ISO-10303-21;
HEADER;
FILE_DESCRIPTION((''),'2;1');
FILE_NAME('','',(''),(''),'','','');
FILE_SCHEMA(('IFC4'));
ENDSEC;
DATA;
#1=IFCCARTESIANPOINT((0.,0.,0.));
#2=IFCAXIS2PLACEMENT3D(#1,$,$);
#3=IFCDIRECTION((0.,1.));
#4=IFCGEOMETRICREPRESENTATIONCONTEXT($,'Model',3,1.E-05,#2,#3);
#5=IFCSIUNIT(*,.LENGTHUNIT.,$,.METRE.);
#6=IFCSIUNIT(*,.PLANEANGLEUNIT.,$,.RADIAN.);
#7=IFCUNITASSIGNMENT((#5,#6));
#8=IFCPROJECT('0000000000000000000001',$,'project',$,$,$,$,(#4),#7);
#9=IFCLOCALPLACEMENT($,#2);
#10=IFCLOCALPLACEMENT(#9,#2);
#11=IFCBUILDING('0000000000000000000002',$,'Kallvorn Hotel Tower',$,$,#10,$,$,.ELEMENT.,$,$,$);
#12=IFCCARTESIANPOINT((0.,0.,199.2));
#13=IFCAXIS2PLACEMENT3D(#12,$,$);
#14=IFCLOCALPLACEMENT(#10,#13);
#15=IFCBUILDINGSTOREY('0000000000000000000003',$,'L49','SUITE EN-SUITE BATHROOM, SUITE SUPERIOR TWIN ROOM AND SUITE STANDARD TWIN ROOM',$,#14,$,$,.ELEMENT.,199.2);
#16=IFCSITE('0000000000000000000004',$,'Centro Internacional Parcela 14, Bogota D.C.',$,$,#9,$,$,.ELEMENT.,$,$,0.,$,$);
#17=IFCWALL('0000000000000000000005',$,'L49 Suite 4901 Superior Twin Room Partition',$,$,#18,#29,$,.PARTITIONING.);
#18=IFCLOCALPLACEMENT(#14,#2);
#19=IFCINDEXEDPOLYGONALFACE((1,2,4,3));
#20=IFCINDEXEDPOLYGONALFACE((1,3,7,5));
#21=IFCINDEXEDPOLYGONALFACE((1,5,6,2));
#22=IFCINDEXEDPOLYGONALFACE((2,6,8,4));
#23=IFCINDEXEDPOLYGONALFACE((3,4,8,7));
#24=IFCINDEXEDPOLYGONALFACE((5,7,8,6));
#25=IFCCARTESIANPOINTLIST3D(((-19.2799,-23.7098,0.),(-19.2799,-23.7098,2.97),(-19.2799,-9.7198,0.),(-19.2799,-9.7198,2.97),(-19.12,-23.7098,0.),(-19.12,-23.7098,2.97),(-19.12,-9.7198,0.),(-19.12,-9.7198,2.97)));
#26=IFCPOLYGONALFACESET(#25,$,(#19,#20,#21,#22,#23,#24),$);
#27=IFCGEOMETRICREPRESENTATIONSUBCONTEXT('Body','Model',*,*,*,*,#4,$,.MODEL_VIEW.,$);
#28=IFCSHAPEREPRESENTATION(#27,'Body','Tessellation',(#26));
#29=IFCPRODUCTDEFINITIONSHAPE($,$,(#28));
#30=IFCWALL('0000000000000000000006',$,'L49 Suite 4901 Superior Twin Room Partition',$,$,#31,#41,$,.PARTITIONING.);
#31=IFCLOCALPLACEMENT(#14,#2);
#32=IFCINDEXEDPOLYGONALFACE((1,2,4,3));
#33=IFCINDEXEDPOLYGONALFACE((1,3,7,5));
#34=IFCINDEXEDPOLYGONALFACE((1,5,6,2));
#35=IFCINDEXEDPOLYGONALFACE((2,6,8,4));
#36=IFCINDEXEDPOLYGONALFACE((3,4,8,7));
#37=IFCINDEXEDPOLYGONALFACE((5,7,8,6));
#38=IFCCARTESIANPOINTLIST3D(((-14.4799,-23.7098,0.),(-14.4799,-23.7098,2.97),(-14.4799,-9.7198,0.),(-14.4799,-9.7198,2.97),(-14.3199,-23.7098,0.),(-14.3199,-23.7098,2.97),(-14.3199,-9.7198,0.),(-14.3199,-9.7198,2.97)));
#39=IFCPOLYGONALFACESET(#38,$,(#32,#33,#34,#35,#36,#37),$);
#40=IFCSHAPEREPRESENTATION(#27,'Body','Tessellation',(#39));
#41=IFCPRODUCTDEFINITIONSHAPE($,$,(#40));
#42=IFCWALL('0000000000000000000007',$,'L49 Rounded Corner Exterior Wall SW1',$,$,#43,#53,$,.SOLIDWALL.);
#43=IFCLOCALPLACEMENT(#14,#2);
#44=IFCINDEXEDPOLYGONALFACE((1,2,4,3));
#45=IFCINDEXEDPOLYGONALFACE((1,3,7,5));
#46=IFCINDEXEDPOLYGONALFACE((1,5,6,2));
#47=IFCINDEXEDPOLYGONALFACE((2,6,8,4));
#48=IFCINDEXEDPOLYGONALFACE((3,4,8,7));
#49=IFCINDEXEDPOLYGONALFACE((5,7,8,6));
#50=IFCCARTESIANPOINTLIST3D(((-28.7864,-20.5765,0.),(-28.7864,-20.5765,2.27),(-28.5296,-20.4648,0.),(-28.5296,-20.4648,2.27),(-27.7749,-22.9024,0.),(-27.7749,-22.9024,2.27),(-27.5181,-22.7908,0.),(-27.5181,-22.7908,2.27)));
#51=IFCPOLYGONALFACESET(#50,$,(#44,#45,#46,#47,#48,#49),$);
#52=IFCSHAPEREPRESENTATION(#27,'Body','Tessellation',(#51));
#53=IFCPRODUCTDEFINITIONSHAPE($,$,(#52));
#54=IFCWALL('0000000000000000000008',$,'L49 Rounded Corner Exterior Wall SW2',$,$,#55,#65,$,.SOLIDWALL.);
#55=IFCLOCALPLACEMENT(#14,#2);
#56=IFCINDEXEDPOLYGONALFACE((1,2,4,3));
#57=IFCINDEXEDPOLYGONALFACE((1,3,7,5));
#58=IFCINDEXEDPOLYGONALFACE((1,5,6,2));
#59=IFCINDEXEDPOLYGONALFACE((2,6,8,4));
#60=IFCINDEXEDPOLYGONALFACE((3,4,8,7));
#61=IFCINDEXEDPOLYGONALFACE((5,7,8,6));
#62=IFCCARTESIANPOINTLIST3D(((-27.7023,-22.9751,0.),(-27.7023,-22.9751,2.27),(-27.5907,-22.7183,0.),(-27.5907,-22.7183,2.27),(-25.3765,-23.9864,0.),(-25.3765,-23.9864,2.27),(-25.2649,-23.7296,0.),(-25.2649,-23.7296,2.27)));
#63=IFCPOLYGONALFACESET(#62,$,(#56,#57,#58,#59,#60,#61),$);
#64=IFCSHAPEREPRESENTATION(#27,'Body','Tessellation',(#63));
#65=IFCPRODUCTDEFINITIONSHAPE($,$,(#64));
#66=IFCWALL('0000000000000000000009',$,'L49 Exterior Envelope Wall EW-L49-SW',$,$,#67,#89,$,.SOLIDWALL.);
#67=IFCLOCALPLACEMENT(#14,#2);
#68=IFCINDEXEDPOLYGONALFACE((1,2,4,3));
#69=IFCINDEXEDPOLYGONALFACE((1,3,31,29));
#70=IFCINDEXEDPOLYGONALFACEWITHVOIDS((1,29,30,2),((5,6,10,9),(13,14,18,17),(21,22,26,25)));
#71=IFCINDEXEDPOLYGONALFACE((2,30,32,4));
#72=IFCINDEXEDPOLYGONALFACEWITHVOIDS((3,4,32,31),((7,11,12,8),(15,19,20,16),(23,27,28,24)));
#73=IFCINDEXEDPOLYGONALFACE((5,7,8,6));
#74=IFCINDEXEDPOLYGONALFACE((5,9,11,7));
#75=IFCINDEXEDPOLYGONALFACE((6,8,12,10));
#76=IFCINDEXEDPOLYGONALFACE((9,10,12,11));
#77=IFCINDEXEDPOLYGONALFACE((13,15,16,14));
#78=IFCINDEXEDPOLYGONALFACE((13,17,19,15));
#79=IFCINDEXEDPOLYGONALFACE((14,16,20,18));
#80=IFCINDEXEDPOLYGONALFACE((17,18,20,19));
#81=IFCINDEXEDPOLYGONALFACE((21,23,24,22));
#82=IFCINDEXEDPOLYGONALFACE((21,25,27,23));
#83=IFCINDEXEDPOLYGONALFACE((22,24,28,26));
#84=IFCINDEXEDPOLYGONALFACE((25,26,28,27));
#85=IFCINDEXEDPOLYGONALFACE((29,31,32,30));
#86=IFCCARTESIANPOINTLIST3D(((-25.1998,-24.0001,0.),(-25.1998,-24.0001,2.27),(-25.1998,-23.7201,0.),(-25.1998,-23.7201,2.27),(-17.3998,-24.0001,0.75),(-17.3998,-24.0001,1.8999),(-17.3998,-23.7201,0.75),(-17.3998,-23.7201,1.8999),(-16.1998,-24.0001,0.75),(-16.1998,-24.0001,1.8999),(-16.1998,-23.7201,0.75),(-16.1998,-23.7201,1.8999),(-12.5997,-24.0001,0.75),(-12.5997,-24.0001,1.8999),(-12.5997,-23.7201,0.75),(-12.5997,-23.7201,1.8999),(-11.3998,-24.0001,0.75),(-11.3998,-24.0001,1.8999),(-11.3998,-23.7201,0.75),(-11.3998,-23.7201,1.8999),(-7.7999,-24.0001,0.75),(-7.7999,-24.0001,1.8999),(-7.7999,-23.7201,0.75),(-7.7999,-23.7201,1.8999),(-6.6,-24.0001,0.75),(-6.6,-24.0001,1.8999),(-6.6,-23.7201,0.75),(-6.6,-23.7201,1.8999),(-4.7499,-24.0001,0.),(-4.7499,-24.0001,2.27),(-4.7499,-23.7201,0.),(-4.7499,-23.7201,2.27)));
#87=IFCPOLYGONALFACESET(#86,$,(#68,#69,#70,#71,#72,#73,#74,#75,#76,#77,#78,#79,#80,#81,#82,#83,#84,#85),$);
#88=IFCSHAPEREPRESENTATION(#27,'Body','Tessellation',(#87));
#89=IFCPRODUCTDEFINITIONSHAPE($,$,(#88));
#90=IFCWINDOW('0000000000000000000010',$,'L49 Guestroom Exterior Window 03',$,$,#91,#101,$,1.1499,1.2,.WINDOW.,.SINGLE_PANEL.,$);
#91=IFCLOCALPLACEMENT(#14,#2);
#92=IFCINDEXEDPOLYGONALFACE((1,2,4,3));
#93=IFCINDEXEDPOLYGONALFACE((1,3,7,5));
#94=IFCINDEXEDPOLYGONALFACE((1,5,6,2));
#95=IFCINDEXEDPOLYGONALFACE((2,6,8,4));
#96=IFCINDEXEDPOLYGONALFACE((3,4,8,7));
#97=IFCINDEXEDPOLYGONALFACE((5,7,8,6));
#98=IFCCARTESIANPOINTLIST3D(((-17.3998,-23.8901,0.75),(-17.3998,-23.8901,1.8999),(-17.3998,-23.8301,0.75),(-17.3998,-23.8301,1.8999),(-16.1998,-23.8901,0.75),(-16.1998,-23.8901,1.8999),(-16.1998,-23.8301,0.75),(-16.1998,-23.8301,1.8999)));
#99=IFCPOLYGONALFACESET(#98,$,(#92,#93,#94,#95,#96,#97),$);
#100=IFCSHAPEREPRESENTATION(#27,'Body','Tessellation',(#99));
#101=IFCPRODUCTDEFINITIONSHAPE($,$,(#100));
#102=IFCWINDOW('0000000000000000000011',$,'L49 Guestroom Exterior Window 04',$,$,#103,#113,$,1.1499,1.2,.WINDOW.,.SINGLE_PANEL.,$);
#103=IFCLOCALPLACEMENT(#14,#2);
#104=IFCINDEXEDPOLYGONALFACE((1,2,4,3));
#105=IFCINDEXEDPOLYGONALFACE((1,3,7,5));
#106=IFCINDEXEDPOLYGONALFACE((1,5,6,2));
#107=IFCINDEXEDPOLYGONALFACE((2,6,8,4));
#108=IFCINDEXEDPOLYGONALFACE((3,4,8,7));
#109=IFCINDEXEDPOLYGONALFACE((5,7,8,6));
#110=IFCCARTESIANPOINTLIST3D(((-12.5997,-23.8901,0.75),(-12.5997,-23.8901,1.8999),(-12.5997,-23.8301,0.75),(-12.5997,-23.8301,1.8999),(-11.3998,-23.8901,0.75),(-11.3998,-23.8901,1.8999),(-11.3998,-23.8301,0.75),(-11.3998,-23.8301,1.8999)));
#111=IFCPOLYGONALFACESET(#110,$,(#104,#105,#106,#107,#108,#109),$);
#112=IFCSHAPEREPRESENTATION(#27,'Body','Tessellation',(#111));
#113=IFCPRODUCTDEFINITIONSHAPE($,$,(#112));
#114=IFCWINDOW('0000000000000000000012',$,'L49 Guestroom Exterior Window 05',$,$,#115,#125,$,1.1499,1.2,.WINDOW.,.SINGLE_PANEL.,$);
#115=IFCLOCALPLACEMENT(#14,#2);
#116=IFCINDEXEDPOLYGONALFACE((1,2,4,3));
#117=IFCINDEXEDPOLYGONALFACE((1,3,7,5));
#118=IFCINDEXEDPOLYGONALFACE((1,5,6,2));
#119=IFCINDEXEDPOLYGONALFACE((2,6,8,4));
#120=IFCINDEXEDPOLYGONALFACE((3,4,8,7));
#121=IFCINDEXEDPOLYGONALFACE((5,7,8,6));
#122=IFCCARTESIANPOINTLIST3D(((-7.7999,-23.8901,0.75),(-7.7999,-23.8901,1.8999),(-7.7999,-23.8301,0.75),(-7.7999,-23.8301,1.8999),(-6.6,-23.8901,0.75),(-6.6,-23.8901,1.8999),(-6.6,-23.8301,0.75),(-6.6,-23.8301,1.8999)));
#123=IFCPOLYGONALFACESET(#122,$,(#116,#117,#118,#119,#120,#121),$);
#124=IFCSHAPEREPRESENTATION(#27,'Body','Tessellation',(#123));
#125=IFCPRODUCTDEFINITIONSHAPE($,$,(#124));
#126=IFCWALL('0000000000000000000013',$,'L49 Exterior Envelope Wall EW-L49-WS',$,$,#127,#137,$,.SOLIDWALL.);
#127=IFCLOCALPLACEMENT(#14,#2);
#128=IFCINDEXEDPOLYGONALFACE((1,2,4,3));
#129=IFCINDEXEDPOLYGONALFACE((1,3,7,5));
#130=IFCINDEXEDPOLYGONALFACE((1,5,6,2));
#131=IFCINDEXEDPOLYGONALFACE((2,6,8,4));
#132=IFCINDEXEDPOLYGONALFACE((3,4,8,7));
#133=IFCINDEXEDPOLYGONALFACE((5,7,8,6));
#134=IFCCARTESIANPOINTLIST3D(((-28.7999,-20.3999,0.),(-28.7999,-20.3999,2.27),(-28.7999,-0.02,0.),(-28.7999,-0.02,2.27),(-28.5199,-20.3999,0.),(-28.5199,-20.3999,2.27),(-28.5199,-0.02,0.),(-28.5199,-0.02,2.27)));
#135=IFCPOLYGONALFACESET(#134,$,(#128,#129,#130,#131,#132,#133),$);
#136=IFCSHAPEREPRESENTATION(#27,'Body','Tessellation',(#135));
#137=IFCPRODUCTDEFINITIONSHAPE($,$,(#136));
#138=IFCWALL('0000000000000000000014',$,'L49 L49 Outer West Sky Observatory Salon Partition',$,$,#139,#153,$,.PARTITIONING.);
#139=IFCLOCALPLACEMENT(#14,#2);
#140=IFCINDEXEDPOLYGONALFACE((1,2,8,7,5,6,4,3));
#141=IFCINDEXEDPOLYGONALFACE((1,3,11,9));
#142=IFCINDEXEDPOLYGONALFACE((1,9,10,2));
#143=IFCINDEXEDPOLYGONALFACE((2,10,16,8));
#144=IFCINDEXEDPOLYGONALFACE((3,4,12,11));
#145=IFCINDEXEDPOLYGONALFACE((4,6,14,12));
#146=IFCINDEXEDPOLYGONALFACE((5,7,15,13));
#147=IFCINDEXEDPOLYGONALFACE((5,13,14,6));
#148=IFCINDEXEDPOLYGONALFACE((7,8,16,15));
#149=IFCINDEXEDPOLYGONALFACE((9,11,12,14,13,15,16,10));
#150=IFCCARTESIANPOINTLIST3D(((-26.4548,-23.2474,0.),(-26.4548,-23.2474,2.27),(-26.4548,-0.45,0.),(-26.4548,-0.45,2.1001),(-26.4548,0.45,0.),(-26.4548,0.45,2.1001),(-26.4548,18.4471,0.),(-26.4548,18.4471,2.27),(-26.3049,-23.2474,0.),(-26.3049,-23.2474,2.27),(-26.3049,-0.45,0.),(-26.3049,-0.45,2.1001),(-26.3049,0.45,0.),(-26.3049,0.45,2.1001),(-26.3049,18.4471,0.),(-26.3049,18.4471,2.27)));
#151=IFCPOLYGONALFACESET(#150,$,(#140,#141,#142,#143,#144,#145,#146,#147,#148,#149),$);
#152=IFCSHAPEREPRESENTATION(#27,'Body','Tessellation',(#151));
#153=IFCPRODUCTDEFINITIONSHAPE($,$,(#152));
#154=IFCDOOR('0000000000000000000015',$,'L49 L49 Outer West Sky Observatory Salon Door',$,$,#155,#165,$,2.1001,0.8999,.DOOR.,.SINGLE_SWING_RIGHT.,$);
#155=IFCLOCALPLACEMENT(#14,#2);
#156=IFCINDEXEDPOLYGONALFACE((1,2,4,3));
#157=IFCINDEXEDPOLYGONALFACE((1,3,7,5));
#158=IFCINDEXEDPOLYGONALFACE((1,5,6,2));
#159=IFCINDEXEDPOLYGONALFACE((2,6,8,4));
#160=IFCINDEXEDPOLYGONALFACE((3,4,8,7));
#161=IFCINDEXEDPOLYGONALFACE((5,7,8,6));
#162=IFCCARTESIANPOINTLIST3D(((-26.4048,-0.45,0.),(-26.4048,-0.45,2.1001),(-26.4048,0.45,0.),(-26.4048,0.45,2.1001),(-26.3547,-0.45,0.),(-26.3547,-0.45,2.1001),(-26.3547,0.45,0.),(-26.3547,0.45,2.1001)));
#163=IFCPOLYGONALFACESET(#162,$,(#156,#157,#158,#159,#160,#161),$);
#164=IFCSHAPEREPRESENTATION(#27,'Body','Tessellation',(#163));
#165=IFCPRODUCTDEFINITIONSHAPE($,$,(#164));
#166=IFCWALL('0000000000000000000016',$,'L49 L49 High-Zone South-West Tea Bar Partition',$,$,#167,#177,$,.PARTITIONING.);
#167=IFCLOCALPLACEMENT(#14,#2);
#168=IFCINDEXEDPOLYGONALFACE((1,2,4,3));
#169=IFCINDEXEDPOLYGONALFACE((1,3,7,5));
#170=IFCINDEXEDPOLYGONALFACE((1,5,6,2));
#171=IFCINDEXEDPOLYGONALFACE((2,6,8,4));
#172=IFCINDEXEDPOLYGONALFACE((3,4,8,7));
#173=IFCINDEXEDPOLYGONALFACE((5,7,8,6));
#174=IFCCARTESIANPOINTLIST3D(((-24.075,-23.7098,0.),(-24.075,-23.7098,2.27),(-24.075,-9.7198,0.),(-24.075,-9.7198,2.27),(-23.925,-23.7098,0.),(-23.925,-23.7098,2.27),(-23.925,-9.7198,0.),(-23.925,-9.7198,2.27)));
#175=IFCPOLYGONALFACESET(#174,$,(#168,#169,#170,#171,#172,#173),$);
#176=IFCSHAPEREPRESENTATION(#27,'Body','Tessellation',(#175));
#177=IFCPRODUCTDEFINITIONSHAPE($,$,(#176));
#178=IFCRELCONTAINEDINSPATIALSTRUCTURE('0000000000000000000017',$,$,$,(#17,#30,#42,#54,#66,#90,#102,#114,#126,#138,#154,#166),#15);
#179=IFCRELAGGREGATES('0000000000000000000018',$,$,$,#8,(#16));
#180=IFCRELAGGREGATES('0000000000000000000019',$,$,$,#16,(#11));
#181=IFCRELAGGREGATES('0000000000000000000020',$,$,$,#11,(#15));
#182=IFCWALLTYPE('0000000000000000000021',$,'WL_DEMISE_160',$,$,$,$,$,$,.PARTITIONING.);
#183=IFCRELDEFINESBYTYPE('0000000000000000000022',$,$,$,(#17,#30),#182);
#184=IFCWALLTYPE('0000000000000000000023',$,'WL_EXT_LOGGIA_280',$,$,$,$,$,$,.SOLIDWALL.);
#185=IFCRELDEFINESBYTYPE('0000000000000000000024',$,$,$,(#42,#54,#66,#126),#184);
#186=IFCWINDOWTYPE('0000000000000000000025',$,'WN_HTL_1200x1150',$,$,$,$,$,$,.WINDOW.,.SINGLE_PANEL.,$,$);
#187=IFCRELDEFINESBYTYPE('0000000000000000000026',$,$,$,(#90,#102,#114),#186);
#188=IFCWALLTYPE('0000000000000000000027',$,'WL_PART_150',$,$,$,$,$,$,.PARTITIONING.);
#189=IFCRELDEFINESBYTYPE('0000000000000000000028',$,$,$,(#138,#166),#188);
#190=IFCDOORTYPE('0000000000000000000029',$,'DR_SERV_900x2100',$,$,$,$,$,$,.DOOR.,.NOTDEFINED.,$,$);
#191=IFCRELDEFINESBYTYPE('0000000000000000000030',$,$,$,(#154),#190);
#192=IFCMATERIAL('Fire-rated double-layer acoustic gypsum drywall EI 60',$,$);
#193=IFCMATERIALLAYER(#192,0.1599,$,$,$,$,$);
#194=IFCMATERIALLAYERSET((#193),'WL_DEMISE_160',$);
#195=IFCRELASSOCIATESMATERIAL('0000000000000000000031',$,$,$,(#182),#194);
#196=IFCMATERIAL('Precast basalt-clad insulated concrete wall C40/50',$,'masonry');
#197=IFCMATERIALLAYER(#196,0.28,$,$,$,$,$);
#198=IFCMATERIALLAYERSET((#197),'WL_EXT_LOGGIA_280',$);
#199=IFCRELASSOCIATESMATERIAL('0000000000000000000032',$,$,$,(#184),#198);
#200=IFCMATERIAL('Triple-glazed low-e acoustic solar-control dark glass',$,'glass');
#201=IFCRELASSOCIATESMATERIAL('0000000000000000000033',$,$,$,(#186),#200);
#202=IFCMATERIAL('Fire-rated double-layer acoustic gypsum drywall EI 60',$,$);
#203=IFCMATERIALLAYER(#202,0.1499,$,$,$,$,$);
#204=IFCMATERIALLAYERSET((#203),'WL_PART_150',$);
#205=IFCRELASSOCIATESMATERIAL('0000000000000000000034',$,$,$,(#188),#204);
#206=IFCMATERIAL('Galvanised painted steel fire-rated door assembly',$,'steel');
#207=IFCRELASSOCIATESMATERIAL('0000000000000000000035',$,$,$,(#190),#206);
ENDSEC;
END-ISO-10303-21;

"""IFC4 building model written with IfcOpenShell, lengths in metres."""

from ifc_helpers import new_model, si_unit, direction, frame, frame_2d, origin, place, context, subcontext, project, spatial, rectangle, extrude, material, layer, layer_set, type_object, element, fill, save


model = new_model("IFC4")

# Units and contexts
model_context = context("Model", 3, precision=1e-05, world=origin(), true_north=direction((0.0, 1.0)))
body_context = subcontext(model_context, "Body", "Model", "MODEL_VIEW")
ifc_project = project(units=[si_unit("LENGTHUNIT", "METRE"), si_unit("PLANEANGLEUNIT", "RADIAN")], contexts=[model_context])

# Site, building, storey
site_placement = place(None, origin())
site = spatial("IfcSite", under=ifc_project, at=site_placement, Name="Centro Internacional Parcela 14, Bogota D.C.", CompositionType="ELEMENT", RefElevation=0.0)
building_placement = place(site_placement, origin())
building = spatial("IfcBuilding", under=site, at=building_placement, Name="Kallvorn Hotel Tower", CompositionType="ELEMENT")
storey_placement = place(building_placement, frame((0.0, 0.0, 199.2)))
storey = spatial("IfcBuildingStorey", under=building, at=storey_placement, Name="L49", Description="SUITE EN-SUITE BATHROOM, SUITE SUPERIOR TWIN ROOM AND SUITE STANDARD TWIN ROOM", CompositionType="ELEMENT", Elevation=199.2)

# Walls
ifc_material_1 = material(Name="Fire-rated double-layer acoustic gypsum drywall EI 60")
ifc_layer_1 = layer(ifc_material_1, 0.1599)
ifc_layer_set_1 = layer_set([ifc_layer_1], Name="WL_DEMISE_160")
wall_type_1 = type_object("IfcWallType", Name="WL_DEMISE_160", PredefinedType="PARTITIONING", material=ifc_layer_set_1)
for number, where, z_axis, x_axis, name in (
    (1, (-19.2, -23.71, 0.0), (0.0, 0.0, 1.0), (0.0, 1.0, 0.0), "L49 Suite 4901 Superior Twin Room Partition"),
    (2, (-14.3999, -23.71, 0.0), (0.0, 0.0, 1.0), (0.0, 1.0, 0.0), "L49 Suite 4901 Superior Twin Room Partition"),
):
    element("IfcWall", number, at=place(storey_placement, frame(where, z_axis=z_axis, x_axis=x_axis)), inside=storey, type_object=wall_type_1, Name=name, PredefinedType="PARTITIONING", context=body_context, shape_type="SweptSolid", body=[
        extrude(rectangle(XDim=13.99, YDim=0.1599, at=frame_2d((6.9951, 0.0))), origin(), (0.0, 0.0, 1.0), 2.97),
    ])
ifc_material_2 = material(Name="Precast basalt-clad insulated concrete wall C40/50", Category="masonry")
ifc_layer_2 = layer(ifc_material_2, 0.28)
ifc_layer_set_2 = layer_set([ifc_layer_2], Name="WL_EXT_LOGGIA_280")
wall_type_2 = type_object("IfcWallType", Name="WL_EXT_LOGGIA_280", PredefinedType="SOLIDWALL", material=ifc_layer_set_2)
wall_1_placement = place(storey_placement, frame((-28.658, -20.5208, 0.0), z_axis=(0.0, 0.0, 1.0), x_axis=(0.398793, -0.917041, 0.0)))
element("IfcWall", 3, at=wall_1_placement, inside=storey, type_object=wall_type_2, Name="L49 Rounded Corner Exterior Wall SW1", PredefinedType="SOLIDWALL", context=body_context, shape_type="SweptSolid", body=[
    extrude(rectangle(XDim=2.5364, YDim=0.28, at=frame_2d((1.2681, 0.0))), origin(), (0.0, 0.0, 1.0), 2.27),
])
wall_2_placement = place(storey_placement, frame((-27.6465, -22.8467, 0.0), z_axis=(0.0, 0.0, 1.0), x_axis=(0.917061, -0.398747, 0.0)))
element("IfcWall", 4, at=wall_2_placement, inside=storey, type_object=wall_type_2, Name="L49 Rounded Corner Exterior Wall SW2", PredefinedType="SOLIDWALL", context=body_context, shape_type="SweptSolid", body=[
    extrude(rectangle(XDim=2.5361, YDim=0.28, at=frame_2d((1.2681, 0.0))), origin(), (0.0, 0.0, 1.0), 2.27),
])

# Wall, openings, windows
wall_3_placement = place(storey_placement, frame((-25.2, -23.8601, 0.0), z_axis=(0.0, 0.0, 1.0), x_axis=(1.0, 0.0, 0.0)))
wall_3 = element("IfcWall", 5, at=wall_3_placement, inside=storey, type_object=wall_type_2, Name="L49 Exterior Envelope Wall EW-L49-SW", PredefinedType="SOLIDWALL", context=body_context, shape_type="SweptSolid", body=[
    extrude(rectangle(XDim=20.45, YDim=0.28, at=frame_2d((10.2251, 0.0))), origin(), (0.0, 0.0, 1.0), 2.27),
])
opening_1_placement = place(wall_3_placement, frame((7.8, 0.0, 0.75)))
opening_1 = element("IfcOpeningElement", 6, at=opening_1_placement, cuts=wall_3, PredefinedType="OPENING", context=body_context, shape_type="SweptSolid", body=[
    extrude(rectangle(XDim=1.2, YDim=1.1499, at=frame_2d((0.6001, 0.575))), frame((0.0, 0.155, 0.0), z_axis=(0.0, -1.0, 0.0), x_axis=(1.0, 0.0, 0.0)), (0.0, 0.0, 1.0), 0.3101),
])
opening_2_placement = place(wall_3_placement, frame((12.6001, 0.0, 0.75)))
opening_2 = element("IfcOpeningElement", 7, at=opening_2_placement, cuts=wall_3, PredefinedType="OPENING", context=body_context, shape_type="SweptSolid", body=[
    extrude(rectangle(XDim=1.2, YDim=1.1499, at=frame_2d((0.6001, 0.575))), frame((0.0, 0.155, 0.0), z_axis=(0.0, -1.0, 0.0), x_axis=(1.0, 0.0, 0.0)), (0.0, 0.0, 1.0), 0.3101),
])
opening_3_placement = place(wall_3_placement, frame((17.3999, 0.0, 0.75)))
opening_3 = element("IfcOpeningElement", 8, at=opening_3_placement, cuts=wall_3, PredefinedType="OPENING", context=body_context, shape_type="SweptSolid", body=[
    extrude(rectangle(XDim=1.2, YDim=1.1499, at=frame_2d((0.6001, 0.575))), frame((0.0, 0.155, 0.0), z_axis=(0.0, -1.0, 0.0), x_axis=(1.0, 0.0, 0.0)), (0.0, 0.0, 1.0), 0.3101),
])
ifc_material_3 = material(Name="Triple-glazed low-e acoustic solar-control dark glass", Category="glass")
window_type = type_object("IfcWindowType", Name="WN_HTL_1200x1150", PartitioningType="SINGLE_PANEL", PredefinedType="WINDOW", material=ifc_material_3)
window_1_placement = place(opening_1_placement, origin())
window_1 = element("IfcWindow", 9, at=window_1_placement, inside=storey, type_object=window_type, Name="L49 Guestroom Exterior Window 03", OverallHeight=1.1499, OverallWidth=1.2, PartitioningType="SINGLE_PANEL", PredefinedType="WINDOW", context=body_context, shape_type="SweptSolid", body=[
    extrude(rectangle(XDim=1.2, YDim=1.1499, at=frame_2d((0.6001, 0.575))), frame((0.0, 0.03, 0.0), z_axis=(0.0, -1.0, 0.0), x_axis=(1.0, 0.0, 0.0)), (0.0, 0.0, 1.0), 0.0601),
])
fill(opening_1, window_1)
window_2_placement = place(opening_2_placement, origin())
window_2 = element("IfcWindow", 10, at=window_2_placement, inside=storey, type_object=window_type, Name="L49 Guestroom Exterior Window 04", OverallHeight=1.1499, OverallWidth=1.2, PartitioningType="SINGLE_PANEL", PredefinedType="WINDOW", context=body_context, shape_type="SweptSolid", body=[
    extrude(rectangle(XDim=1.2, YDim=1.1499, at=frame_2d((0.6001, 0.575))), frame((0.0, 0.03, 0.0), z_axis=(0.0, -1.0, 0.0), x_axis=(1.0, 0.0, 0.0)), (0.0, 0.0, 1.0), 0.0601),
])
fill(opening_2, window_2)
window_3_placement = place(opening_3_placement, origin())
window_3 = element("IfcWindow", 11, at=window_3_placement, inside=storey, type_object=window_type, Name="L49 Guestroom Exterior Window 05", OverallHeight=1.1499, OverallWidth=1.2, PartitioningType="SINGLE_PANEL", PredefinedType="WINDOW", context=body_context, shape_type="SweptSolid", body=[
    extrude(rectangle(XDim=1.2, YDim=1.1499, at=frame_2d((0.6001, 0.575))), frame((0.0, 0.03, 0.0), z_axis=(0.0, -1.0, 0.0), x_axis=(1.0, 0.0, 0.0)), (0.0, 0.0, 1.0), 0.0601),
])
fill(opening_3, window_3)

# Wall
wall_4_placement = place(storey_placement, frame((-28.6599, -20.3999, 0.0), z_axis=(0.0, 0.0, 1.0), x_axis=(0.0, 1.0, 0.0)))
element("IfcWall", 12, at=wall_4_placement, inside=storey, type_object=wall_type_2, Name="L49 Exterior Envelope Wall EW-L49-WS", PredefinedType="SOLIDWALL", context=body_context, shape_type="SweptSolid", body=[
    extrude(rectangle(XDim=20.3799, YDim=0.28, at=frame_2d((10.1899, 0.0))), origin(), (0.0, 0.0, 1.0), 2.27),
])

# Wall, opening, door
ifc_material_4 = material(Name="Fire-rated double-layer acoustic gypsum drywall EI 60")
ifc_layer_3 = layer(ifc_material_4, 0.1499)
ifc_layer_set_3 = layer_set([ifc_layer_3], Name="WL_PART_150")
wall_type_3 = type_object("IfcWallType", Name="WL_PART_150", PredefinedType="PARTITIONING", material=ifc_layer_set_3)
wall_5_placement = place(storey_placement, frame((-26.3799, -23.2473, 0.0), z_axis=(0.0, 0.0, 1.0), x_axis=(0.0, 1.0, 0.0)))
wall_5 = element("IfcWall", 13, at=wall_5_placement, inside=storey, type_object=wall_type_3, Name="L49 L49 Outer West Sky Observatory Salon Partition", PredefinedType="PARTITIONING", context=body_context, shape_type="SweptSolid", body=[
    extrude(rectangle(XDim=41.6946, YDim=0.1499, at=frame_2d((20.8472, 0.0))), origin(), (0.0, 0.0, 1.0), 2.27),
])
opening_4_placement = place(wall_5_placement, frame((22.7974, 0.0, 0.0)))
opening_4 = element("IfcOpeningElement", 14, at=opening_4_placement, cuts=wall_5, PredefinedType="OPENING", context=body_context, shape_type="SweptSolid", body=[
    extrude(rectangle(XDim=0.8999, YDim=2.1001, at=frame_2d((0.45, 1.05))), frame((0.0, 0.0898, 0.0), z_axis=(0.0, -1.0, 0.0), x_axis=(1.0, 0.0, 0.0)), (0.0, 0.0, 1.0), 0.1799),
])
ifc_material_5 = material(Name="Galvanised painted steel fire-rated door assembly", Category="steel")
door_type = type_object("IfcDoorType", Name="DR_SERV_900x2100", OperationType="NOTDEFINED", PredefinedType="DOOR", material=ifc_material_5)
door_placement = place(opening_4_placement, origin())
door = element("IfcDoor", 15, at=door_placement, inside=storey, type_object=door_type, Name="L49 L49 Outer West Sky Observatory Salon Door", OperationType="SINGLE_SWING_RIGHT", OverallHeight=2.1001, OverallWidth=0.8999, PredefinedType="DOOR", context=body_context, shape_type="SweptSolid", body=[
    extrude(rectangle(XDim=0.8999, YDim=2.1001, at=frame_2d((0.45, 1.05))), frame((0.0, 0.0249, 0.0), z_axis=(0.0, -1.0, 0.0), x_axis=(1.0, 0.0, 0.0)), (0.0, 0.0, 1.0), 0.05),
])
fill(opening_4, door)

# Wall
wall_6_placement = place(storey_placement, frame((-24.0, -23.71, 0.0), z_axis=(0.0, 0.0, 1.0), x_axis=(0.0, 1.0, 0.0)))
element("IfcWall", 16, at=wall_6_placement, inside=storey, type_object=wall_type_3, Name="L49 L49 High-Zone South-West Tea Bar Partition", PredefinedType="PARTITIONING", context=body_context, shape_type="SweptSolid", body=[
    extrude(rectangle(XDim=13.99, YDim=0.1499, at=frame_2d((6.9951, 0.0))), origin(), (0.0, 0.0, 1.0), 2.27),
])

save(model, "model.ifc")
